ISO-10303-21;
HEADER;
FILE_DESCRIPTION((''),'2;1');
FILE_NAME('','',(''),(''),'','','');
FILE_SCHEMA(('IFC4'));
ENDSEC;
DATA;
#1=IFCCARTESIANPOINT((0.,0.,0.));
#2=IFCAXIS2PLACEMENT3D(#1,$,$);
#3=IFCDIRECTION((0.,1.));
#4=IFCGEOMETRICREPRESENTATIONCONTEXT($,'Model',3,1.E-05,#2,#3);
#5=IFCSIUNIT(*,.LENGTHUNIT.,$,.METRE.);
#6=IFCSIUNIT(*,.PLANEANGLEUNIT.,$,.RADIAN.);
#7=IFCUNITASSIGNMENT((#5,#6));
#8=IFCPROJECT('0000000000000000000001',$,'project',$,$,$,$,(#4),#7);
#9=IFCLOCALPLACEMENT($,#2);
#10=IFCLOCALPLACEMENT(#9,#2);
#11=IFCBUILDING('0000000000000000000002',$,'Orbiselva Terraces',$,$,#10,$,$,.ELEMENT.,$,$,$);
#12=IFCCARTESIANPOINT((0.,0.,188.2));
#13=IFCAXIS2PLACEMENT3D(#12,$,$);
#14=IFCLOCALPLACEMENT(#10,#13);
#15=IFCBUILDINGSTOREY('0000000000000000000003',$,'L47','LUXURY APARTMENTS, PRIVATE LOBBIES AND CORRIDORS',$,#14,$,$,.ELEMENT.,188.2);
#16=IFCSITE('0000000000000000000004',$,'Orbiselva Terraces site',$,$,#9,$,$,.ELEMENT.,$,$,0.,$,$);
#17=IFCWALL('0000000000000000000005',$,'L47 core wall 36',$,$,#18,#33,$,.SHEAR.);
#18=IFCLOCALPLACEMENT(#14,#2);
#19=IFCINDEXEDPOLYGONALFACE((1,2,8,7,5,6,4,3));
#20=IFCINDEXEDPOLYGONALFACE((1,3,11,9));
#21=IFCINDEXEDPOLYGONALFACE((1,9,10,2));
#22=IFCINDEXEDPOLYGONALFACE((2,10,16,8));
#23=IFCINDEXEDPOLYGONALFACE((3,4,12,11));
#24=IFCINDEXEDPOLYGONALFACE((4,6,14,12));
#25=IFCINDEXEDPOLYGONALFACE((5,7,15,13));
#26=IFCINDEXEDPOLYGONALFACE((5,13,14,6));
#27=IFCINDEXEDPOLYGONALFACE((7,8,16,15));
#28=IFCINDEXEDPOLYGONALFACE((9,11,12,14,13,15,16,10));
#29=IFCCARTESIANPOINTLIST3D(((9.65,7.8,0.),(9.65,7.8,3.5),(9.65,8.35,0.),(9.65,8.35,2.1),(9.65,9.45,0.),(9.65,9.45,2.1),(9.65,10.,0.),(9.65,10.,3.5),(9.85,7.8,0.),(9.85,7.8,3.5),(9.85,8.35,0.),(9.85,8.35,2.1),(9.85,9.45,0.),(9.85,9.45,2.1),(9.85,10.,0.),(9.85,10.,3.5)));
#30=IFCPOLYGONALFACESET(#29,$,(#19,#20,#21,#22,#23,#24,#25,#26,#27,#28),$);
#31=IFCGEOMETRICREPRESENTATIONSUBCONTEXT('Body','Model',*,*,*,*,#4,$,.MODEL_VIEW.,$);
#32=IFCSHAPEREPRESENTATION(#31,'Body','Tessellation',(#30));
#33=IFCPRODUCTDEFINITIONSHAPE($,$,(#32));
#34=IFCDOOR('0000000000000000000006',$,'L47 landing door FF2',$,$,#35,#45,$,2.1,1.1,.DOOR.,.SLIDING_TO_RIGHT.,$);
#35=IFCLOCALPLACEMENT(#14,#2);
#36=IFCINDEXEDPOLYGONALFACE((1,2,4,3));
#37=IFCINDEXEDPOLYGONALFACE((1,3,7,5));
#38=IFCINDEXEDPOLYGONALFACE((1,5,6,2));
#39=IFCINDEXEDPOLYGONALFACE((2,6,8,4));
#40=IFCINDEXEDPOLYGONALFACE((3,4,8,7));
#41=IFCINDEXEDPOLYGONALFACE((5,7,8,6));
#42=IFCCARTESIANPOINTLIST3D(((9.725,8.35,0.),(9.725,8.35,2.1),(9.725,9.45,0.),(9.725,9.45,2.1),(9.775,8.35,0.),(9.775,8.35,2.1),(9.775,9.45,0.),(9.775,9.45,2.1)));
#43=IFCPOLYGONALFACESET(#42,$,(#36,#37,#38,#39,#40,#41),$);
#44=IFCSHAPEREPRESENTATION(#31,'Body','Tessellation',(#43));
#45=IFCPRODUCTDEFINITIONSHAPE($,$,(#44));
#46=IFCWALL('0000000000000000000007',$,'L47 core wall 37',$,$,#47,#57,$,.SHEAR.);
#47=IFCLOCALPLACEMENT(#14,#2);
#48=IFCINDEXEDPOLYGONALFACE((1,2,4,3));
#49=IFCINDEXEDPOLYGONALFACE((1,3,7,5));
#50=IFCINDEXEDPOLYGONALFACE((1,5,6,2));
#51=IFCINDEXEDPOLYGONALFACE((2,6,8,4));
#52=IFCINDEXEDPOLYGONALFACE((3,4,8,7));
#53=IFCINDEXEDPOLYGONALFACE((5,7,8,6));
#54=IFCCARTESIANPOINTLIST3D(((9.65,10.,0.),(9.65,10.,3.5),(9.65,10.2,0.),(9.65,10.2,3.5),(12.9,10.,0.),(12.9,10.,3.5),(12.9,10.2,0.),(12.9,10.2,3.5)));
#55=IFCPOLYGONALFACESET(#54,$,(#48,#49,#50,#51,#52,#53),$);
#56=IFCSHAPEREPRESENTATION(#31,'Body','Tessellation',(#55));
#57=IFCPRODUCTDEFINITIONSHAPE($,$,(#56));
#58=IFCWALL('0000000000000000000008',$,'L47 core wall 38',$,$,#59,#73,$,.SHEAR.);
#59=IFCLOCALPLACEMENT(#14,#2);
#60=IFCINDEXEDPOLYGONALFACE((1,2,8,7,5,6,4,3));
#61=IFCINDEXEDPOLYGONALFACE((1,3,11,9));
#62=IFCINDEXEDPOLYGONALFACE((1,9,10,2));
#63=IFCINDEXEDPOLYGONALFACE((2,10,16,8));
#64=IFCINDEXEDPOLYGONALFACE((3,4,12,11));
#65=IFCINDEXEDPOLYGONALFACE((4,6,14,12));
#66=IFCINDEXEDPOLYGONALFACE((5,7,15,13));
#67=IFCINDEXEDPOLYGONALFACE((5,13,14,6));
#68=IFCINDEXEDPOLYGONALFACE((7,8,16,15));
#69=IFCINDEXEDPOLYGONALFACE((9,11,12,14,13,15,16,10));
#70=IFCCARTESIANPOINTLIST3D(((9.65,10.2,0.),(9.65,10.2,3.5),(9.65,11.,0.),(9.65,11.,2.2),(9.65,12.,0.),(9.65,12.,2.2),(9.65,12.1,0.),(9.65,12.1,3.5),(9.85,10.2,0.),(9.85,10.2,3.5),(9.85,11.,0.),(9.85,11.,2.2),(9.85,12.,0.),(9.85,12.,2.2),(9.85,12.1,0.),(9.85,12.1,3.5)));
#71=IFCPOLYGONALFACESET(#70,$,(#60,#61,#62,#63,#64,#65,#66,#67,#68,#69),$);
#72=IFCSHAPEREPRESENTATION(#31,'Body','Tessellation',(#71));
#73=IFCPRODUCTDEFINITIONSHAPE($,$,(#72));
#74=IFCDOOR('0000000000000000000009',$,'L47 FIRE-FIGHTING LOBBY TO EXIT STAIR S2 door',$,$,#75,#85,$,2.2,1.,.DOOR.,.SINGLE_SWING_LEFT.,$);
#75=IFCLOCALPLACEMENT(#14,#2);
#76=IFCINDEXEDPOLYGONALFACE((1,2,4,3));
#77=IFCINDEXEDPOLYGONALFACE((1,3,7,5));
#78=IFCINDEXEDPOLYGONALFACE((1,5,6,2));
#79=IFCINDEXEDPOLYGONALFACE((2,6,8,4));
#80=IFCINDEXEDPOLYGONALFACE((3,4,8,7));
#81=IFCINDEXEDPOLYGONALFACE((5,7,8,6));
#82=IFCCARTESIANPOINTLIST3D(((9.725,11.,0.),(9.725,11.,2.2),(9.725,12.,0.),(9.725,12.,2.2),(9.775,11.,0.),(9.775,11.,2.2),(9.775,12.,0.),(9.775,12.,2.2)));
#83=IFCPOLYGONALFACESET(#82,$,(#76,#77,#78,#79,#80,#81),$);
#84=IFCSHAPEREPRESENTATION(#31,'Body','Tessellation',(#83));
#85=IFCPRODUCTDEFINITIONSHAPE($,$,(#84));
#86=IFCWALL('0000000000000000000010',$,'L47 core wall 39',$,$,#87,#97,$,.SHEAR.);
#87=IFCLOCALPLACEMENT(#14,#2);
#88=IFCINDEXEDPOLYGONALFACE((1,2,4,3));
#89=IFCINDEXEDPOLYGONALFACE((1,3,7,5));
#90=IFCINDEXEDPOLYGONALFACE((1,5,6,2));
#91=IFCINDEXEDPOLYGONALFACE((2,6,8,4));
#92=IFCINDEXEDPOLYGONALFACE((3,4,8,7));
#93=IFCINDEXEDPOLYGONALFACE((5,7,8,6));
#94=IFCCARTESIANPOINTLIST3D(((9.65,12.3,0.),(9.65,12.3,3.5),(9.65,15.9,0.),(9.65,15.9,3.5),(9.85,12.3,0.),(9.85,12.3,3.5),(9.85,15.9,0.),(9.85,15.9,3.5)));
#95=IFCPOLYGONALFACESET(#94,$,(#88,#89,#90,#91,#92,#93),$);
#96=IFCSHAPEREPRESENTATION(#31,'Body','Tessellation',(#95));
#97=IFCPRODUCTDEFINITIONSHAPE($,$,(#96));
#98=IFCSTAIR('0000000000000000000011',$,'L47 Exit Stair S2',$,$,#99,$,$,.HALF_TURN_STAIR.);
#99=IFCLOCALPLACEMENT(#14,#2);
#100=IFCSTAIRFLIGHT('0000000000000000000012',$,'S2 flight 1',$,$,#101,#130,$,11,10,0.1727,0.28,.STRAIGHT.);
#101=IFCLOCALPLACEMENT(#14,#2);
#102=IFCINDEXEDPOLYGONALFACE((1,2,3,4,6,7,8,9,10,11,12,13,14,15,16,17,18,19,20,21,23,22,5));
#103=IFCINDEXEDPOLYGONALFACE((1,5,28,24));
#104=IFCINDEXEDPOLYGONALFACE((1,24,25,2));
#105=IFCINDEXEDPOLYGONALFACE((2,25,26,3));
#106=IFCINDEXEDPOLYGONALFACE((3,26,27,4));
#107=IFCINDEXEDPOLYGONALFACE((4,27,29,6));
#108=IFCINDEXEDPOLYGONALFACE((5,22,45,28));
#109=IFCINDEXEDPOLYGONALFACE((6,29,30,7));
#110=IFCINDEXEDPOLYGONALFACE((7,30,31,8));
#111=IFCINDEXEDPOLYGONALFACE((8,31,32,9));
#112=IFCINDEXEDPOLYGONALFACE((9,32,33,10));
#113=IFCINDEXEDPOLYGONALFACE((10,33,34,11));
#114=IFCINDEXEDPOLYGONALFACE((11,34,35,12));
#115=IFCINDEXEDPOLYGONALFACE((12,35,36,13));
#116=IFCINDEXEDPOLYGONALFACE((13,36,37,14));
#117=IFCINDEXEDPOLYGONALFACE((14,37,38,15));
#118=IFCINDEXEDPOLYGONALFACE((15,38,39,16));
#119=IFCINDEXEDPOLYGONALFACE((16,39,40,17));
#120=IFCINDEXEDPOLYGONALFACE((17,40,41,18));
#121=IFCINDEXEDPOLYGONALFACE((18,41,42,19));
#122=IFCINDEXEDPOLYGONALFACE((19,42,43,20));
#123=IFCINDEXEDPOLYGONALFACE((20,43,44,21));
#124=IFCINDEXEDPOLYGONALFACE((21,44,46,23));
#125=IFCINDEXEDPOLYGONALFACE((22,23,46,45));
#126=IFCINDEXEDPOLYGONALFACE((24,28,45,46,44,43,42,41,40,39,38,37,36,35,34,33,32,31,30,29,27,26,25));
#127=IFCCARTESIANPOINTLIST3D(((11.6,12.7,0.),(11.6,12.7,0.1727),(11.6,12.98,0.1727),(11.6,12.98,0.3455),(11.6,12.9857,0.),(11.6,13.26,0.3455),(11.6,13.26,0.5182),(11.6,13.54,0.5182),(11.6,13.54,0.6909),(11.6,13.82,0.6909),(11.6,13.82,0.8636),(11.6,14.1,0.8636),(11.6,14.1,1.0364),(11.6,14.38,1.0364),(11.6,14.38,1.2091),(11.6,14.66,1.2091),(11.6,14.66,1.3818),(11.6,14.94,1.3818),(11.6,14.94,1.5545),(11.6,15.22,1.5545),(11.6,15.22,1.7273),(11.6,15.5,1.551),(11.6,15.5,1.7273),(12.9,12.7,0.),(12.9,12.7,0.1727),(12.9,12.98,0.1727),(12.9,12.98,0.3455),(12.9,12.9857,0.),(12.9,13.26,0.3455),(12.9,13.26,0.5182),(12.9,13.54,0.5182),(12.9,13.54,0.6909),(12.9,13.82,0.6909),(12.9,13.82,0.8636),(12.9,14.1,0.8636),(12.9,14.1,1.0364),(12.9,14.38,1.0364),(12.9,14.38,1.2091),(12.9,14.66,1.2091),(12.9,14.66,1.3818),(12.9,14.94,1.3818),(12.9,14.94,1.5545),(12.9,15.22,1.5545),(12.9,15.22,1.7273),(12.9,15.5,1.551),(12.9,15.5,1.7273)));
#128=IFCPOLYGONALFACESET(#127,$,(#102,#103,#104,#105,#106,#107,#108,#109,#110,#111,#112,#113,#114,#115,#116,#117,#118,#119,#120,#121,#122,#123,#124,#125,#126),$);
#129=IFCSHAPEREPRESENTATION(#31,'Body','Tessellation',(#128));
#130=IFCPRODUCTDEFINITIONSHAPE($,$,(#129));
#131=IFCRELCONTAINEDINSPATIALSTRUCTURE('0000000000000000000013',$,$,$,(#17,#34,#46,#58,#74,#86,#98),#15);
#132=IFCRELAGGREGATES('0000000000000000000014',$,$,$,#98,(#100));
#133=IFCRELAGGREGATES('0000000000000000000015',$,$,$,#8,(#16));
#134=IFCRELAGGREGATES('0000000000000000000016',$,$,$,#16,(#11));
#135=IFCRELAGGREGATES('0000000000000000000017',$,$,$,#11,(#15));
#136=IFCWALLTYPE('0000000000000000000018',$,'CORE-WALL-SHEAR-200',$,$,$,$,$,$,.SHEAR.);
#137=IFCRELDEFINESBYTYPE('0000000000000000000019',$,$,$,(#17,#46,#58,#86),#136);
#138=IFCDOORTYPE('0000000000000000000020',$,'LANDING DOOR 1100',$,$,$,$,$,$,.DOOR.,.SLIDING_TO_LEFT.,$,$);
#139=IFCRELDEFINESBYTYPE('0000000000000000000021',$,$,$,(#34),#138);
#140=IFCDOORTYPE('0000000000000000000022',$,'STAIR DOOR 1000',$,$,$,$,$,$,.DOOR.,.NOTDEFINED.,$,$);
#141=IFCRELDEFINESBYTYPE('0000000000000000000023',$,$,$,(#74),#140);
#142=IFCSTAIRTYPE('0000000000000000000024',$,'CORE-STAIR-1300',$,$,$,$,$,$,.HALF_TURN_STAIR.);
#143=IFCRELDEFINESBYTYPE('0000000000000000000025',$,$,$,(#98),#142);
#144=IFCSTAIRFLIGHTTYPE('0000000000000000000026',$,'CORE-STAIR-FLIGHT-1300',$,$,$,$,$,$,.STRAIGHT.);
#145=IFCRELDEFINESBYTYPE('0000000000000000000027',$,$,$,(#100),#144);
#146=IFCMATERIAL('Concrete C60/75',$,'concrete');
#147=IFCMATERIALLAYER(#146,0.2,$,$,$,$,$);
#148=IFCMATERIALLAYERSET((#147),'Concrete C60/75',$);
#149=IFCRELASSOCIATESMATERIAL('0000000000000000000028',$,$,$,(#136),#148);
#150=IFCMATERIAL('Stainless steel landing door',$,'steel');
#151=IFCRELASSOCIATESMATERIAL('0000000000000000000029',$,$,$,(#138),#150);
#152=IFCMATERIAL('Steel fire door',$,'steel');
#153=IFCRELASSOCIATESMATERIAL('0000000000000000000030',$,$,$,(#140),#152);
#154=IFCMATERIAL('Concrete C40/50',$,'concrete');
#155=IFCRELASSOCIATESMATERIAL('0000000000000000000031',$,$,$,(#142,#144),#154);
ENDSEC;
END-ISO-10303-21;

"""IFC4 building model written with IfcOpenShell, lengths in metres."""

from ifc_helpers import new_model, si_unit, direction, frame, frame_2d, origin, place, context, subcontext, project, spatial, polyline, rectangle, outline, extrude, material, layer, layer_set, type_object, element, fill, aggregate, save


model = new_model("IFC4")

# Units and contexts
model_context = context("Model", 3, precision=1e-05, world=origin(), true_north=direction((0.0, 1.0)))
body_context = subcontext(model_context, "Body", "Model", "MODEL_VIEW")
ifc_project = project(units=[si_unit("LENGTHUNIT", "METRE"), si_unit("PLANEANGLEUNIT", "RADIAN")], contexts=[model_context])

# Site, building, storey
site_placement = place(None, origin())
site = spatial("IfcSite", under=ifc_project, at=site_placement, Name="Orbiselva Terraces site", CompositionType="ELEMENT", RefElevation=0.0)
building_placement = place(site_placement, origin())
building = spatial("IfcBuilding", under=site, at=building_placement, Name="Orbiselva Terraces", CompositionType="ELEMENT")
storey_placement = place(building_placement, frame((0.0, 0.0, 188.2)))
storey = spatial("IfcBuildingStorey", under=building, at=storey_placement, Name="L47", Description="LUXURY APARTMENTS, PRIVATE LOBBIES AND CORRIDORS", CompositionType="ELEMENT", Elevation=188.2)

# Shared definitions
ifc_material_1 = material(Name="Concrete C40/50", Category="concrete")

# Shared definitions
ifc_material_2 = material(Name="Steel fire door", Category="steel")

# Shared definitions
ifc_material_3 = material(Name="Concrete C60/75", Category="concrete")
ifc_layer_1 = layer(ifc_material_3, 0.2)
ifc_layer_set_1 = layer_set([ifc_layer_1], Name="Concrete C60/75")
wall_type_1 = type_object("IfcWallType", Name="CORE-WALL-SHEAR-200", PredefinedType="SHEAR", material=ifc_layer_set_1)

# Shared definitions
ifc_material_4 = material(Name="Stainless steel landing door", Category="steel")
door_type_1 = type_object("IfcDoorType", Name="LANDING DOOR 1100", OperationType="SLIDING_TO_LEFT", PredefinedType="DOOR", material=ifc_material_4)

# Wall, opening, door
wall_1_placement = place(storey_placement, frame((9.75, 7.8, 0.0), z_axis=(0.0, 0.0, 1.0), x_axis=(0.0, 1.0, 0.0)))
wall_1 = element("IfcWall", 1, at=wall_1_placement, inside=storey, type_object=wall_type_1, Name="L47 core wall 36", PredefinedType="SHEAR", context=body_context, shape_type="SweptSolid", body=[
    extrude(rectangle(XDim=2.2, YDim=0.2, at=frame_2d((1.1, 0.0))), origin(), (0.0, 0.0, 1.0), 3.5),
])
opening_1_placement = place(wall_1_placement, frame((0.55, 0.0, 0.0)))
opening_1 = element("IfcOpeningElement", 2, at=opening_1_placement, cuts=wall_1, PredefinedType="OPENING", context=body_context, shape_type="SweptSolid", body=[
    extrude(rectangle(XDim=1.1, YDim=2.1, at=frame_2d((0.55, 1.05))), frame((0.0, 0.11, 0.0), z_axis=(0.0, -1.0, 0.0), x_axis=(1.0, 0.0, 0.0)), (0.0, 0.0, 1.0), 0.22),
])
door_1_placement = place(opening_1_placement, origin())
door_1 = element("IfcDoor", 3, at=door_1_placement, inside=storey, type_object=door_type_1, Name="L47 landing door FF2", OperationType="SLIDING_TO_RIGHT", OverallHeight=2.1, OverallWidth=1.1, PredefinedType="DOOR", context=body_context, shape_type="SweptSolid", body=[
    extrude(rectangle(XDim=1.1, YDim=2.1, at=frame_2d((0.55, 1.05))), frame((0.0, 0.025, 0.0), z_axis=(0.0, -1.0, 0.0), x_axis=(1.0, 0.0, 0.0)), (0.0, 0.0, 1.0), 0.05),
])
fill(opening_1, door_1)

# Wall
wall_2_placement = place(storey_placement, frame((9.65, 10.1, 0.0), z_axis=(0.0, 0.0, 1.0), x_axis=(1.0, 0.0, 0.0)))
element("IfcWall", 4, at=wall_2_placement, inside=storey, type_object=wall_type_1, Name="L47 core wall 37", PredefinedType="SHEAR", context=body_context, shape_type="SweptSolid", body=[
    extrude(rectangle(XDim=3.25, YDim=0.2, at=frame_2d((1.625, 0.0))), origin(), (0.0, 0.0, 1.0), 3.5),
])

# Wall, opening, door
wall_3_placement = place(storey_placement, frame((9.75, 12.1, 0.0), z_axis=(0.0, 0.0, 1.0), x_axis=(0.0, -1.0, 0.0)))
wall_3 = element("IfcWall", 5, at=wall_3_placement, inside=storey, type_object=wall_type_1, Name="L47 core wall 38", PredefinedType="SHEAR", context=body_context, shape_type="SweptSolid", body=[
    extrude(rectangle(XDim=1.9, YDim=0.2, at=frame_2d((0.95, 0.0))), origin(), (0.0, 0.0, 1.0), 3.5),
])
opening_2_placement = place(wall_3_placement, frame((0.1, 0.0, 0.0)))
opening_2 = element("IfcOpeningElement", 6, at=opening_2_placement, cuts=wall_3, PredefinedType="OPENING", context=body_context, shape_type="SweptSolid", body=[
    extrude(rectangle(XDim=1.0, YDim=2.2, at=frame_2d((0.5, 1.1))), frame((0.0, 0.11, 0.0), z_axis=(0.0, -1.0, 0.0), x_axis=(1.0, 0.0, 0.0)), (0.0, 0.0, 1.0), 0.22),
])
door_type_2 = type_object("IfcDoorType", Name="STAIR DOOR 1000", OperationType="NOTDEFINED", PredefinedType="DOOR", material=ifc_material_2)
door_2_placement = place(opening_2_placement, origin())
door_2 = element("IfcDoor", 7, at=door_2_placement, inside=storey, type_object=door_type_2, Name="L47 FIRE-FIGHTING LOBBY TO EXIT STAIR S2 door", OperationType="SINGLE_SWING_LEFT", OverallHeight=2.2, OverallWidth=1.0, PredefinedType="DOOR", context=body_context, shape_type="SweptSolid", body=[
    extrude(rectangle(XDim=1.0, YDim=2.2, at=frame_2d((0.5, 1.1))), frame((0.0, 0.025, 0.0), z_axis=(0.0, -1.0, 0.0), x_axis=(1.0, 0.0, 0.0)), (0.0, 0.0, 1.0), 0.05),
])
fill(opening_2, door_2)

# Wall
wall_4_placement = place(storey_placement, frame((9.75, 12.3, 0.0), z_axis=(0.0, 0.0, 1.0), x_axis=(0.0, 1.0, 0.0)))
element("IfcWall", 8, at=wall_4_placement, inside=storey, type_object=wall_type_1, Name="L47 core wall 39", PredefinedType="SHEAR", context=body_context, shape_type="SweptSolid", body=[
    extrude(rectangle(XDim=3.6, YDim=0.2, at=frame_2d((1.8, 0.0))), origin(), (0.0, 0.0, 1.0), 3.5),
])

# Stair, stair flight
stair_type_1 = type_object("IfcStairType", Name="CORE-STAIR-1300", PredefinedType="HALF_TURN_STAIR", material=ifc_material_1)
stair_1_placement = place(storey_placement, origin())
stair_1 = element("IfcStair", 9, at=stair_1_placement, inside=storey, type_object=stair_type_1, Name="L47 Exit Stair S2", PredefinedType="HALF_TURN_STAIR")
stair_flight_type = type_object("IfcStairFlightType", Name="CORE-STAIR-FLIGHT-1300", PredefinedType="STRAIGHT", material=ifc_material_1)
stair_flight_placement = place(storey_placement, frame((12.25, 12.7, 0.0), z_axis=(0.0, 0.0, 1.0), x_axis=(0.0, 1.0, 0.0)))
stair_flight = element("IfcStairFlight", 10, at=stair_flight_placement, type_object=stair_flight_type, Name="S2 flight 1", NumberOfRisers=11, NumberOfTreads=10, PredefinedType="STRAIGHT", RiserHeight=0.1727, TreadLength=0.28, context=body_context, shape_type="SweptSolid", body=[
    extrude(outline(polyline([(0.0, 0.0), (0.0, 0.1727), (0.28, 0.1727), (0.28, 0.3455), (0.56, 0.3455), (0.56, 0.5182), (0.84, 0.5182), (0.84, 0.6909), (1.12, 0.6909), (1.12, 0.8636), (1.4, 0.8636), (1.4, 1.0364), (1.68, 1.0364), (1.68, 1.2091), (1.96, 1.2091), (1.96, 1.3818), (2.24, 1.3818), (2.24, 1.5545), (2.52, 1.5545), (2.52, 1.7273), (2.8, 1.7273), (2.8, 1.9), (2.8, 1.551), (0.2857, 0.0), (0.0, 0.0)])), frame((0.0, 0.65, 0.0), z_axis=(0.0, -1.0, 0.0), x_axis=(1.0, 0.0, 0.0)), (0.0, 0.0, 1.0), 1.3),
])
aggregate(stair_1, [stair_flight])

save(model, "model.ifc")
